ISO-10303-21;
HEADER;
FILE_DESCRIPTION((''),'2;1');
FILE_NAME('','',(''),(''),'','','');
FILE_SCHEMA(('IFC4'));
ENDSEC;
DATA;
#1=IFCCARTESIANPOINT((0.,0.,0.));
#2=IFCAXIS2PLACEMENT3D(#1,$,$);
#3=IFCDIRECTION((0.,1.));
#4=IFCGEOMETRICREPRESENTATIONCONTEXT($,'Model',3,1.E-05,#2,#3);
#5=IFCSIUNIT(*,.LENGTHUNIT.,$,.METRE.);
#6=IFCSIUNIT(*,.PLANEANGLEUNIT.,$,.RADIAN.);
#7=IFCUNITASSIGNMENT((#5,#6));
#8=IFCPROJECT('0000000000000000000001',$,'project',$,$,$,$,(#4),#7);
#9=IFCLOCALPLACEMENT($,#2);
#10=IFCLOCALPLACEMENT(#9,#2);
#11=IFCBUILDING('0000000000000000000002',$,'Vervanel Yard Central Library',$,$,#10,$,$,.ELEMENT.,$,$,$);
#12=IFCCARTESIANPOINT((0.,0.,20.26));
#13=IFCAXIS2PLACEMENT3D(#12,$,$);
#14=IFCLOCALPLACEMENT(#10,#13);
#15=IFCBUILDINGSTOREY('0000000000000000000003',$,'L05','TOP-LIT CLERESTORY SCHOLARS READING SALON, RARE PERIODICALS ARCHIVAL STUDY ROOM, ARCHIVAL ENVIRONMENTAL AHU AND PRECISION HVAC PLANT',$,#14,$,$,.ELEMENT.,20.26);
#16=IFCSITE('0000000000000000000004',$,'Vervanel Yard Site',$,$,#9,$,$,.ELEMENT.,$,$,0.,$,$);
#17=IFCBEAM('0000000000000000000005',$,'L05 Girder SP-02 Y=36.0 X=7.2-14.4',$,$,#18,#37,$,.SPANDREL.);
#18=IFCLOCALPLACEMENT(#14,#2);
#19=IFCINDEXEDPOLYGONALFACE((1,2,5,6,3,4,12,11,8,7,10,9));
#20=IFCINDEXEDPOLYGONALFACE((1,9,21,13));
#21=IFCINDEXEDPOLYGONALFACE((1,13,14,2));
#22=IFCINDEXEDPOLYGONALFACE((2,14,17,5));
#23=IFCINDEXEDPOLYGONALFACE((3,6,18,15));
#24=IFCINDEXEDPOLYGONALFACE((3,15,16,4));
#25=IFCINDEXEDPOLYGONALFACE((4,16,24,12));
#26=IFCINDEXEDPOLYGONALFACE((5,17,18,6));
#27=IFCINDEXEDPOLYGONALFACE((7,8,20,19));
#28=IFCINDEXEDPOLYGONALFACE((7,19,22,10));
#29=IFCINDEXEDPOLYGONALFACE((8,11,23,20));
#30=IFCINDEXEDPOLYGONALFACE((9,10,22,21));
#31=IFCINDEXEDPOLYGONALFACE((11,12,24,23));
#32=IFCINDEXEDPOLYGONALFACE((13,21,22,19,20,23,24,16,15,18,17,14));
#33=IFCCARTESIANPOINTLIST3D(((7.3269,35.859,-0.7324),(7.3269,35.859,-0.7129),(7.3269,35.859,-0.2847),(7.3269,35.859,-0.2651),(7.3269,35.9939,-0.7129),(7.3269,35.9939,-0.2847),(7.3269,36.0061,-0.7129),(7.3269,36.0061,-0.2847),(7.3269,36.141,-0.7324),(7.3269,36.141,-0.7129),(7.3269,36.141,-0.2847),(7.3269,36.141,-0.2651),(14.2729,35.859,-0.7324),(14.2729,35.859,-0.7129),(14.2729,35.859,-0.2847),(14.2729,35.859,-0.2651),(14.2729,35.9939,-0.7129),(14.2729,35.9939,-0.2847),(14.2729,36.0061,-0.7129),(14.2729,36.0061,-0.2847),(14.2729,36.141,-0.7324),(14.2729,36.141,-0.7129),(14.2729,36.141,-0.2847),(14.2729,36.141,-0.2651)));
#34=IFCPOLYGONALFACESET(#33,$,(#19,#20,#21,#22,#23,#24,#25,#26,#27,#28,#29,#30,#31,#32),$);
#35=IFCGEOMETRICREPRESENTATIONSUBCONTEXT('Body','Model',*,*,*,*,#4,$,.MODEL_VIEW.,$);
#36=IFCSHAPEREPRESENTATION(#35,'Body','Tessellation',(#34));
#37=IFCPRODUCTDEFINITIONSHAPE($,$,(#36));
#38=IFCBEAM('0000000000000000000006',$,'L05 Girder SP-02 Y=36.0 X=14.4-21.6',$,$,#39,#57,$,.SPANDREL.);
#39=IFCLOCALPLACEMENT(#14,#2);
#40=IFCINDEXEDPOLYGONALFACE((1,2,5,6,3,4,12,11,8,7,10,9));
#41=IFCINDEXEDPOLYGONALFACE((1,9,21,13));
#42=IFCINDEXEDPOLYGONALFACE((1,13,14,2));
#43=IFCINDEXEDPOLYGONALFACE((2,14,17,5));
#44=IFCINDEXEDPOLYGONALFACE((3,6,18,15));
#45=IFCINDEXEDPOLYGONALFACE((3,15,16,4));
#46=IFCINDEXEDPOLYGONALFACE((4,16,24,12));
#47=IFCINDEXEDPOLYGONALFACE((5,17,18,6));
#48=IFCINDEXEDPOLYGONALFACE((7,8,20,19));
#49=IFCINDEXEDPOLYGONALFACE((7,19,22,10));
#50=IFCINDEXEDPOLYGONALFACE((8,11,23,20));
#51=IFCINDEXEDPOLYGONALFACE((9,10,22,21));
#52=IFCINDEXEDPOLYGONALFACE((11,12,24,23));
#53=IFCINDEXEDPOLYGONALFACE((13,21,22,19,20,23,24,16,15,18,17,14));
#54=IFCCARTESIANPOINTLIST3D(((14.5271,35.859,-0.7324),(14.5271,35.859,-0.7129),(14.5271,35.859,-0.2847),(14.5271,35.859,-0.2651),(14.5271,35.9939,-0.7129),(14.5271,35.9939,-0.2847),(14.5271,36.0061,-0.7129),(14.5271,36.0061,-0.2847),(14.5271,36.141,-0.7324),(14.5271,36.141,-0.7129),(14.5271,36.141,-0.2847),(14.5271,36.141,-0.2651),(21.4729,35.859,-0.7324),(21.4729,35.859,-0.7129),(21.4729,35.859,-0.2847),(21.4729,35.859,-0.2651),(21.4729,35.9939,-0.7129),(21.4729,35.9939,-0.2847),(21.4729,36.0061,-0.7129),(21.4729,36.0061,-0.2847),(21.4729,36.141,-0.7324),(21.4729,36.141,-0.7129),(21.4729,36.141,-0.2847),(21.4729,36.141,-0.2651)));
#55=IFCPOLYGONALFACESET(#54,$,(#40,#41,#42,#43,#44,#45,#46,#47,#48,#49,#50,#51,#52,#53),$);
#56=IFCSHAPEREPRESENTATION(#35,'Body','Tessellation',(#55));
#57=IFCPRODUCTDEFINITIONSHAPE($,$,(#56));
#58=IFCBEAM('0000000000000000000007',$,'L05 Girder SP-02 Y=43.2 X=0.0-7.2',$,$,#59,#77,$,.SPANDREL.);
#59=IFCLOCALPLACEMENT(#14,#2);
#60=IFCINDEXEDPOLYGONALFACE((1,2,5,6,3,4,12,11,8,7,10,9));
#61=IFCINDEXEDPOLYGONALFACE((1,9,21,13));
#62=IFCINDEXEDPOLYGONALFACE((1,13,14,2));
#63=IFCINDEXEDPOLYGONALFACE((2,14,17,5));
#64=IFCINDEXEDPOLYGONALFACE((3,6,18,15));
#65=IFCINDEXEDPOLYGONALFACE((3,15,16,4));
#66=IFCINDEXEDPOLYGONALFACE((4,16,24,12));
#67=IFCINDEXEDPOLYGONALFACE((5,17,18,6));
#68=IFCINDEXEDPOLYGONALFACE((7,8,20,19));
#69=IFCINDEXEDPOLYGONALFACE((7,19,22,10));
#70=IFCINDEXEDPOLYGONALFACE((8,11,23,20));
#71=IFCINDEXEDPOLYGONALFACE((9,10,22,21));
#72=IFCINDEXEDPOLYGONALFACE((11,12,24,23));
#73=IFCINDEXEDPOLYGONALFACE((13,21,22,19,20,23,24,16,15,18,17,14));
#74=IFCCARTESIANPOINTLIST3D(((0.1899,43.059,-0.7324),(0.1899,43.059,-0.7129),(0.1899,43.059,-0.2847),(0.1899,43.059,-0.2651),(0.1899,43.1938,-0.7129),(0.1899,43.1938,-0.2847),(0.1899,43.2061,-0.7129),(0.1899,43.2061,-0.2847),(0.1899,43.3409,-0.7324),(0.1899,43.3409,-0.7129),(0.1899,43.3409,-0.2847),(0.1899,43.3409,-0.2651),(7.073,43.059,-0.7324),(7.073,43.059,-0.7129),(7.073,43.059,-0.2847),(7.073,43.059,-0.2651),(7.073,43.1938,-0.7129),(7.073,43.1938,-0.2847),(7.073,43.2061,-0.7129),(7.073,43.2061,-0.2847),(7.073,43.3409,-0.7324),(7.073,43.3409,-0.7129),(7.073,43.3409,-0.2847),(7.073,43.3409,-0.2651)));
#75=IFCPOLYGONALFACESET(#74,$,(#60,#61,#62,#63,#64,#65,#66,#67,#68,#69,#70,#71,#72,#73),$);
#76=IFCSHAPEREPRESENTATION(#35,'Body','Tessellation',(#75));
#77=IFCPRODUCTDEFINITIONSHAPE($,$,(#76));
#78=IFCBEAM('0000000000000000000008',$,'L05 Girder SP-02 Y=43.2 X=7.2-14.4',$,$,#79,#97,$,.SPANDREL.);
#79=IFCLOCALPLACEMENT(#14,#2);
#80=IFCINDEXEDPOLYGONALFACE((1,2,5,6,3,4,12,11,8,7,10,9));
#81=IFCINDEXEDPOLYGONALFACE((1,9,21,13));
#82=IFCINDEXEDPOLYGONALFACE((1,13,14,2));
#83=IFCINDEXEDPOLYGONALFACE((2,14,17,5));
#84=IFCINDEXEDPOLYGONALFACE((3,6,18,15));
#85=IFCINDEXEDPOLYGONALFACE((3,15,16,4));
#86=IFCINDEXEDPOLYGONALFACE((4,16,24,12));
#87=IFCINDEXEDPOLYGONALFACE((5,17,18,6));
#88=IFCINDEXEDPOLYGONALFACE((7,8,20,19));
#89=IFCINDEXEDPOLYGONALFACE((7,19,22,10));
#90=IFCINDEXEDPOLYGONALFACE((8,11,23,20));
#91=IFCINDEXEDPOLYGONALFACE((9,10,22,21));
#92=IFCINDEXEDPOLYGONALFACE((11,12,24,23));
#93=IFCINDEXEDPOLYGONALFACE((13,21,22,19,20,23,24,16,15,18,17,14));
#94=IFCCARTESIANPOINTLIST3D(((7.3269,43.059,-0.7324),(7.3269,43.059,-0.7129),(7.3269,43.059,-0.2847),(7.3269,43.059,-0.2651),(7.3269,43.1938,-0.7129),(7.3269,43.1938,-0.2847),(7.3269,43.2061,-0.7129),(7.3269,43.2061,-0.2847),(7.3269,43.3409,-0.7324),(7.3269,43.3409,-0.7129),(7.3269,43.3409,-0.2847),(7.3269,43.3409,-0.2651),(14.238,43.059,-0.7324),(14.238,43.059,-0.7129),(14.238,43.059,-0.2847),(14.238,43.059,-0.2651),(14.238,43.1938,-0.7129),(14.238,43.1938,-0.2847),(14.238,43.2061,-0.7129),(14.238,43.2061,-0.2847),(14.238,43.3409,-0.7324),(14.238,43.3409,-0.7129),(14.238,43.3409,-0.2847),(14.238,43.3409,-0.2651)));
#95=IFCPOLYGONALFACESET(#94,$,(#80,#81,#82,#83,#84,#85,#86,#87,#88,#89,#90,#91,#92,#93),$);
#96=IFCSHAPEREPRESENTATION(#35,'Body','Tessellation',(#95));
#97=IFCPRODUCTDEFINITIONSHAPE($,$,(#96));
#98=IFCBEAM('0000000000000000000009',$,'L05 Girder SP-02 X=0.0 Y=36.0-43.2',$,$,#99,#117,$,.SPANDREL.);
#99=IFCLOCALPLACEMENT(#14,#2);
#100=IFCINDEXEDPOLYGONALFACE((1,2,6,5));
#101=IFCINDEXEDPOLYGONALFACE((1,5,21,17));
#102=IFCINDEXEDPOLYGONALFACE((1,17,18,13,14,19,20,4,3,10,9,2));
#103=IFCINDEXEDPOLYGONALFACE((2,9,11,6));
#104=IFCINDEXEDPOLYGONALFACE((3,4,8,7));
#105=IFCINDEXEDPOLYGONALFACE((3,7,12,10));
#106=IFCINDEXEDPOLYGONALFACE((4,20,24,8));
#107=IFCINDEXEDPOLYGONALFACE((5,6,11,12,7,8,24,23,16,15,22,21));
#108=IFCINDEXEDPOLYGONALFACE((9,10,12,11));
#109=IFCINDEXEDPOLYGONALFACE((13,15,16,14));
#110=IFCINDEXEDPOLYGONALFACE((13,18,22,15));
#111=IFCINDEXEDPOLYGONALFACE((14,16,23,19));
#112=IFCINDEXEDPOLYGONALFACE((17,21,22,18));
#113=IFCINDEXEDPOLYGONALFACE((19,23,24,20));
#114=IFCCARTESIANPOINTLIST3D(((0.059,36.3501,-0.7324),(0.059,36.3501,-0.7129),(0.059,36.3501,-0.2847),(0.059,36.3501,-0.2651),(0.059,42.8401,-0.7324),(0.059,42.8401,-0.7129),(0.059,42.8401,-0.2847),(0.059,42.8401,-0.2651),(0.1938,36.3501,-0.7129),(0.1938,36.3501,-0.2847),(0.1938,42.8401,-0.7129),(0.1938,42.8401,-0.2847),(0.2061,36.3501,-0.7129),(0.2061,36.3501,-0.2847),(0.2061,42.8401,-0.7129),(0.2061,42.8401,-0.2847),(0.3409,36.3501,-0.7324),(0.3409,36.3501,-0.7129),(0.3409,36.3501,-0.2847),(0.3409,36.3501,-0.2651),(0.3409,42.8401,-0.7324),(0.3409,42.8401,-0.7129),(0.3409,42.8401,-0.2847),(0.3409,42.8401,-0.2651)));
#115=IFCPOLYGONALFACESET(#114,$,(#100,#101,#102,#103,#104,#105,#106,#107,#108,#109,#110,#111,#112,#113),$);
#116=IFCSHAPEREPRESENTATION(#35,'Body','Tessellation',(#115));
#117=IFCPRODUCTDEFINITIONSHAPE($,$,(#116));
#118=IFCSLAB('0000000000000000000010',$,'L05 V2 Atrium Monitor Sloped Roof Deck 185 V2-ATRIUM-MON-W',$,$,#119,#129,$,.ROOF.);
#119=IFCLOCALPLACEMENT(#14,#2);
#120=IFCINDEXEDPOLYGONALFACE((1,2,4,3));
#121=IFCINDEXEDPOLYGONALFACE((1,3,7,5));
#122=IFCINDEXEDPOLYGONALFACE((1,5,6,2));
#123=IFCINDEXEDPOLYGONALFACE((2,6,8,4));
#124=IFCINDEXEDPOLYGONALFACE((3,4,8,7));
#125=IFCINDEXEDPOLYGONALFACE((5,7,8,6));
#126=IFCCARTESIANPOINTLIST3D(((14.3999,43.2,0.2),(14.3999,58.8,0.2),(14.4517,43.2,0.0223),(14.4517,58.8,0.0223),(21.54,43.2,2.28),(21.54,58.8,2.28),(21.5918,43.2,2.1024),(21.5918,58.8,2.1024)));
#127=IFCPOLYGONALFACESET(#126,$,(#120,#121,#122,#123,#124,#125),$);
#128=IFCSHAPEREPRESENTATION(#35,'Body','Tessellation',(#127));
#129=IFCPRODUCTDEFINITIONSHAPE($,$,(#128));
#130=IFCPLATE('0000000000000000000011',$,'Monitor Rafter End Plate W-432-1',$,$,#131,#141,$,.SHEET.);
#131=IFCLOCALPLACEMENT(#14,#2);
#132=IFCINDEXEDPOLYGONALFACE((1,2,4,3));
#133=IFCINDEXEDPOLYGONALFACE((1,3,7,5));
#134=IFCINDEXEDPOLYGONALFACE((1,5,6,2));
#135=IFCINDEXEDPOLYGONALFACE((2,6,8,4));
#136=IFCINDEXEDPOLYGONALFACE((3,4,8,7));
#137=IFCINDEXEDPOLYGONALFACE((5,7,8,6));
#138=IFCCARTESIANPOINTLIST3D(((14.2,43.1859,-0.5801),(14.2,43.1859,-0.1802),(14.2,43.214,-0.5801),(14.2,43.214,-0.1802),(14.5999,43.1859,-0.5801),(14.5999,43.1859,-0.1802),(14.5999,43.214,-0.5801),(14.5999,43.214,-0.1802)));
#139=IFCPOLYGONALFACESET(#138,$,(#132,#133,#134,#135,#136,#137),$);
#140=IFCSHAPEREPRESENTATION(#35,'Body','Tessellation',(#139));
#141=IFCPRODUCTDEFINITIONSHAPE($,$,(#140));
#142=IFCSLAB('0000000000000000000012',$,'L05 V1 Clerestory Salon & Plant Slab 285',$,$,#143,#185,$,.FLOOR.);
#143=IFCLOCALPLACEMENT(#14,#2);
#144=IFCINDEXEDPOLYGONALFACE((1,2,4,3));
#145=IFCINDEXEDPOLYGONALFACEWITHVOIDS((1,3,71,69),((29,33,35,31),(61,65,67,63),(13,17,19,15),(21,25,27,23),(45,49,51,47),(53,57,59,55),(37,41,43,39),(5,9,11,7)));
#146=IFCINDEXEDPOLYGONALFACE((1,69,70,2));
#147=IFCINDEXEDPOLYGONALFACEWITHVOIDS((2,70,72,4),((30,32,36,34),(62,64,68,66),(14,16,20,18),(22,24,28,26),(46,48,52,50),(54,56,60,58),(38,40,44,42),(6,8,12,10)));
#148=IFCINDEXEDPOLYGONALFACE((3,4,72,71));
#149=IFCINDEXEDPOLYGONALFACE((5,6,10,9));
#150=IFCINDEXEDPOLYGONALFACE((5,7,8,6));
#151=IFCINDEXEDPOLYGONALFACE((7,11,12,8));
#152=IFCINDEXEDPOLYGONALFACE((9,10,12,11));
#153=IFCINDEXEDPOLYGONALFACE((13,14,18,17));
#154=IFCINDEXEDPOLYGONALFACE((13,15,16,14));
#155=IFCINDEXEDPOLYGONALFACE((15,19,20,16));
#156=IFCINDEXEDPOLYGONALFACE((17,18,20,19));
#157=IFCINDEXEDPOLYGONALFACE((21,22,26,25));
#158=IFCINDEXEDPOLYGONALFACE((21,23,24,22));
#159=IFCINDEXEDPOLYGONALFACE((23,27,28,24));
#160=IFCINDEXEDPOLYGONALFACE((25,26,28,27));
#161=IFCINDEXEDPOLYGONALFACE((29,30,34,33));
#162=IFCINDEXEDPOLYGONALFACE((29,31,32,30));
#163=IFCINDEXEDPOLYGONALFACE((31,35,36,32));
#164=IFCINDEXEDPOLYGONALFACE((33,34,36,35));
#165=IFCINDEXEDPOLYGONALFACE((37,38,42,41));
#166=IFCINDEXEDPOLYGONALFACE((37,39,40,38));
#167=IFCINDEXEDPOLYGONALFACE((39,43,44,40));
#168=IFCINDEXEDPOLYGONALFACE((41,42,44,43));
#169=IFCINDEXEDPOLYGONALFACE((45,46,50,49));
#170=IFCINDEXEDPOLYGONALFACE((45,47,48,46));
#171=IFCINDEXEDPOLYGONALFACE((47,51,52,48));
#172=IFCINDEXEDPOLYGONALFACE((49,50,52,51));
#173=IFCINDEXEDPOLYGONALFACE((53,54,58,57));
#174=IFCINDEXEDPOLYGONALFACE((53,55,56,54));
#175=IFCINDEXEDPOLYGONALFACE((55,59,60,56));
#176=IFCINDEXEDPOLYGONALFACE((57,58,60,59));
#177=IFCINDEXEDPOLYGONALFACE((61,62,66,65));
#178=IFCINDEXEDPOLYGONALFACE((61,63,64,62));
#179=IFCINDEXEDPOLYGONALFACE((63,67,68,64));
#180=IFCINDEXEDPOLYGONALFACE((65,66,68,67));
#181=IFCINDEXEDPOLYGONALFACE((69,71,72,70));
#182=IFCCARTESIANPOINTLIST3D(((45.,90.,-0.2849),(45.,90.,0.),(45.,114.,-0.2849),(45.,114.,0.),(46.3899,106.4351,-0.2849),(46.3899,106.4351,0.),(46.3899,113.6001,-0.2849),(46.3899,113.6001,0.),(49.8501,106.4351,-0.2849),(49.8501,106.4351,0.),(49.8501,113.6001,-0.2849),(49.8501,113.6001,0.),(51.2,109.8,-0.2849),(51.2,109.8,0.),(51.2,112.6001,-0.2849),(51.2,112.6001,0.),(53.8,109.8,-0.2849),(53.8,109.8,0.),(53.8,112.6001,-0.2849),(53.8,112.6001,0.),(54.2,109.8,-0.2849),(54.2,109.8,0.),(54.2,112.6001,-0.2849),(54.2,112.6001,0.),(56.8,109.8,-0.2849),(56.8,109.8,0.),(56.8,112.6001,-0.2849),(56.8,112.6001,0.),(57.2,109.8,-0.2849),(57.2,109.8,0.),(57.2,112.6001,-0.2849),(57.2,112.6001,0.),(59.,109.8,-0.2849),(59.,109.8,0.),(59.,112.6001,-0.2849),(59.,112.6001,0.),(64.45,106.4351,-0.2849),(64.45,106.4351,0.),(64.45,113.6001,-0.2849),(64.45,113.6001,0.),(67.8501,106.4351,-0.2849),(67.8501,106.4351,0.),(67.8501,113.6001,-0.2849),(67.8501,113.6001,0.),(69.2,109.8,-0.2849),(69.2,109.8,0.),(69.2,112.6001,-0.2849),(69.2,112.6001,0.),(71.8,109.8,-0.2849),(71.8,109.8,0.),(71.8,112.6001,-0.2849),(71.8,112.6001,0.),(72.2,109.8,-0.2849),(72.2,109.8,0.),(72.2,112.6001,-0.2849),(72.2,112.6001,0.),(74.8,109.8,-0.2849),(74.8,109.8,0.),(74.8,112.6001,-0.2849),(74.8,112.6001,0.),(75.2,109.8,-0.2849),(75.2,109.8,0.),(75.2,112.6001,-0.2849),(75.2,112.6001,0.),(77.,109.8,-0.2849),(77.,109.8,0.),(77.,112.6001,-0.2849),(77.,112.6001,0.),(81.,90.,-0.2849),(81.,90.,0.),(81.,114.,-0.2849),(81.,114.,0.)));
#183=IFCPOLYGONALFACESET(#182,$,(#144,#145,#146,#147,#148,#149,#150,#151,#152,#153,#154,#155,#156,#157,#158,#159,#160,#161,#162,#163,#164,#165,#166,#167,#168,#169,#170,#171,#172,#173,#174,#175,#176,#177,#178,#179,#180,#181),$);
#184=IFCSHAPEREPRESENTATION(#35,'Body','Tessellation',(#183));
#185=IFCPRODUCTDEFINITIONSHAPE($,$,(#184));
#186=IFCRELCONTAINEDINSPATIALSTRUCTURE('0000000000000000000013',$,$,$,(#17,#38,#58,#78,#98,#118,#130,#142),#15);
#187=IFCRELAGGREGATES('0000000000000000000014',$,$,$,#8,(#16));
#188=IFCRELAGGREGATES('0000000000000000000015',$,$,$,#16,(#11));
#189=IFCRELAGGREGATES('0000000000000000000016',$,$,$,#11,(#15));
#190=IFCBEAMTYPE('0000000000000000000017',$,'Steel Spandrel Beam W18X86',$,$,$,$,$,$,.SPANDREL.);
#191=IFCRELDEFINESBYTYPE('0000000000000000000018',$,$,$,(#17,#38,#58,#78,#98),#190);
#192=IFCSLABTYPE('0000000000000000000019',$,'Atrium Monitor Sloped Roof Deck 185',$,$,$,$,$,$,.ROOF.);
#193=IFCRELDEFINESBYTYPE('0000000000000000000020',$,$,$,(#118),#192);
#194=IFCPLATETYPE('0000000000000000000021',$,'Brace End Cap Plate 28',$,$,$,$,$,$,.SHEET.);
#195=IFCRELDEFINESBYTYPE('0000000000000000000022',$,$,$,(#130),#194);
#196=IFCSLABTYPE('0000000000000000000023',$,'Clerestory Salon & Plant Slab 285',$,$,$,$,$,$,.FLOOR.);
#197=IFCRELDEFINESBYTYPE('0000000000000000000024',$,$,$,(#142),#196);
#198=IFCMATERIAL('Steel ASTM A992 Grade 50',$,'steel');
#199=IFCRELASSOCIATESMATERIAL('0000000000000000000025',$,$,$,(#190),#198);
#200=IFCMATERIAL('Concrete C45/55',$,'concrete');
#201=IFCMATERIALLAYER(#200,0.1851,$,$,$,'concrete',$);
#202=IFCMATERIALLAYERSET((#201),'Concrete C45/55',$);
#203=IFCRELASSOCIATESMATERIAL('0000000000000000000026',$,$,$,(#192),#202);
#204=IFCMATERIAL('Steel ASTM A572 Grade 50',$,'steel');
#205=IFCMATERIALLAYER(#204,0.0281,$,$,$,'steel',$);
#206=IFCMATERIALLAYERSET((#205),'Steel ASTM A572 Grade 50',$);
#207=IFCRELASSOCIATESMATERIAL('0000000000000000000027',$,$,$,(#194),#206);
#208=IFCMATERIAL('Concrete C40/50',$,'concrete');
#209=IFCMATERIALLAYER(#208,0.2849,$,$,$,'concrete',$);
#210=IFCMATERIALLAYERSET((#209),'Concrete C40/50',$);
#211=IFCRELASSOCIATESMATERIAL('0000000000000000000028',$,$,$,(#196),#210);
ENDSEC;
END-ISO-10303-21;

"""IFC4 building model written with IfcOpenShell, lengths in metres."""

from ifc_helpers import new_model, si_unit, direction, frame, origin, origin_2d, place, context, subcontext, project, spatial, polyline, rectangle, i_section, outline, extrude, material, layer, layer_set, material_profile, profile_set, type_object, element, save


model = new_model("IFC4")

# Units and contexts
model_context = context("Model", 3, precision=1e-05, world=origin(), true_north=direction((0.0, 1.0)))
body_context = subcontext(model_context, "Body", "Model", "MODEL_VIEW")
ifc_project = project(units=[si_unit("LENGTHUNIT", "METRE"), si_unit("PLANEANGLEUNIT", "RADIAN")], contexts=[model_context])

# Site, building, storey
site_placement = place(None, origin())
site = spatial("IfcSite", under=ifc_project, at=site_placement, Name="Vervanel Yard Site", CompositionType="ELEMENT", RefElevation=0.0)
building_placement = place(site_placement, origin())
building = spatial("IfcBuilding", under=site, at=building_placement, Name="Vervanel Yard Central Library", CompositionType="ELEMENT")
storey_placement = place(building_placement, frame((0.0, 0.0, 20.26)))
storey = spatial("IfcBuildingStorey", under=building, at=storey_placement, Name="L05", Description="TOP-LIT CLERESTORY SCHOLARS READING SALON, RARE PERIODICALS ARCHIVAL STUDY ROOM, ARCHIVAL ENVIRONMENTAL AHU AND PRECISION HVAC PLANT", CompositionType="ELEMENT", Elevation=20.26)

# Beams
ifc_material_1 = material(Name="Steel ASTM A992 Grade 50", Category="steel")
ifc_material_profile_1 = material_profile(ifc_material_1, i_section(OverallWidth=0.282, OverallDepth=0.4673, WebThickness=0.0122, FlangeThickness=0.0195, at=origin_2d()), Name="W18X86", Category="steel")
ifc_profile_set_1 = profile_set([ifc_material_profile_1], Name="Steel ASTM A992 Grade 50")
beam_type_1 = type_object("IfcBeamType", Name="Steel Spandrel Beam W18X86", PredefinedType="SPANDREL", material=ifc_profile_set_1)
beam_1_placement = place(storey_placement, frame((7.3269, 36.0, -0.4988), z_axis=(1.0, 0.0, 0.0), x_axis=(0.0, 1.0, 0.0)))
element("IfcBeam", 1, at=beam_1_placement, inside=storey, type_object=beam_type_1, Name="L05 Girder SP-02 Y=36.0 X=7.2-14.4", PredefinedType="SPANDREL", context=body_context, shape_type="SweptSolid", body=[
    extrude(i_section(OverallWidth=0.282, OverallDepth=0.4673, WebThickness=0.0122, FlangeThickness=0.0195, at=origin_2d()), origin(), (0.0, 0.0, 1.0), 6.946),
])
beam_2_placement = place(storey_placement, frame((14.5271, 36.0, -0.4988), z_axis=(1.0, 0.0, 0.0), x_axis=(0.0, 1.0, 0.0)))
element("IfcBeam", 2, at=beam_2_placement, inside=storey, type_object=beam_type_1, Name="L05 Girder SP-02 Y=36.0 X=14.4-21.6", PredefinedType="SPANDREL", context=body_context, shape_type="SweptSolid", body=[
    extrude(i_section(OverallWidth=0.282, OverallDepth=0.4673, WebThickness=0.0122, FlangeThickness=0.0195, at=origin_2d()), origin(), (0.0, 0.0, 1.0), 6.9458),
])
beam_3_placement = place(storey_placement, frame((0.1899, 43.2, -0.4988), z_axis=(1.0, 0.0, 0.0), x_axis=(0.0, 1.0, 0.0)))
element("IfcBeam", 3, at=beam_3_placement, inside=storey, type_object=beam_type_1, Name="L05 Girder SP-02 Y=43.2 X=0.0-7.2", PredefinedType="SPANDREL", context=body_context, shape_type="SweptSolid", body=[
    extrude(i_section(OverallWidth=0.282, OverallDepth=0.4673, WebThickness=0.0122, FlangeThickness=0.0195, at=origin_2d()), origin(), (0.0, 0.0, 1.0), 6.8831),
])
beam_4_placement = place(storey_placement, frame((7.3269, 43.2, -0.4988), z_axis=(1.0, 0.0, 0.0), x_axis=(0.0, 1.0, 0.0)))
element("IfcBeam", 4, at=beam_4_placement, inside=storey, type_object=beam_type_1, Name="L05 Girder SP-02 Y=43.2 X=7.2-14.4", PredefinedType="SPANDREL", context=body_context, shape_type="SweptSolid", body=[
    extrude(i_section(OverallWidth=0.282, OverallDepth=0.4673, WebThickness=0.0122, FlangeThickness=0.0195, at=origin_2d()), origin(), (0.0, 0.0, 1.0), 6.9111),
])
beam_5_placement = place(storey_placement, frame((0.2, 36.3501, -0.4988), z_axis=(0.0, 1.0, 0.0), x_axis=(-1.0, 0.0, 0.0)))
element("IfcBeam", 5, at=beam_5_placement, inside=storey, type_object=beam_type_1, Name="L05 Girder SP-02 X=0.0 Y=36.0-43.2", PredefinedType="SPANDREL", context=body_context, shape_type="SweptSolid", body=[
    extrude(i_section(OverallWidth=0.282, OverallDepth=0.4673, WebThickness=0.0122, FlangeThickness=0.0195, at=origin_2d()), origin(), (0.0, 0.0, 1.0), 6.49),
])

# Slab
ifc_material_2 = material(Name="Concrete C45/55", Category="concrete")
ifc_layer_1 = layer(ifc_material_2, 0.1851, Category="concrete")
ifc_layer_set_1 = layer_set([ifc_layer_1], Name="Concrete C45/55")
slab_type_1 = type_object("IfcSlabType", Name="Atrium Monitor Sloped Roof Deck 185", PredefinedType="ROOF", material=ifc_layer_set_1)
slab_1_placement = place(storey_placement, frame((14.3999, 43.2, 0.2), z_axis=(-0.279695, 0.0, 0.960089), x_axis=(0.960089, 0.0, 0.279695)))
element("IfcSlab", 6, at=slab_1_placement, inside=storey, type_object=slab_type_1, Name="L05 V2 Atrium Monitor Sloped Roof Deck 185 V2-ATRIUM-MON-W", PredefinedType="ROOF", context=body_context, shape_type="SweptSolid", body=[
    extrude(outline(polyline([(0.0, 0.0), (7.437, 0.0), (7.437, 15.6001), (0.0, 15.6001), (0.0, 0.0)])), origin(), (0.0, 0.0, -1.0), 0.1851),
])

# Plate
ifc_material_3 = material(Name="Steel ASTM A572 Grade 50", Category="steel")
ifc_layer_2 = layer(ifc_material_3, 0.0281, Category="steel")
ifc_layer_set_2 = layer_set([ifc_layer_2], Name="Steel ASTM A572 Grade 50")
plate_type = type_object("IfcPlateType", Name="Brace End Cap Plate 28", PredefinedType="SHEET", material=ifc_layer_set_2)
plate_placement = place(storey_placement, frame((14.3999, 43.2, -0.5801), z_axis=(0.0, 0.0, 1.0), x_axis=(1.0, 0.0, 0.0)))
element("IfcPlate", 7, at=plate_placement, inside=storey, type_object=plate_type, Name="Monitor Rafter End Plate W-432-1", PredefinedType="SHEET", context=body_context, shape_type="SweptSolid", body=[
    extrude(rectangle(XDim=0.3999, YDim=0.0281, at=origin_2d()), origin(), (0.0, 0.0, 1.0), 0.3999),
])

# Slab
ifc_material_4 = material(Name="Concrete C40/50", Category="concrete")
ifc_layer_3 = layer(ifc_material_4, 0.2849, Category="concrete")
ifc_layer_set_3 = layer_set([ifc_layer_3], Name="Concrete C40/50")
slab_type_2 = type_object("IfcSlabType", Name="Clerestory Salon & Plant Slab 285", PredefinedType="FLOOR", material=ifc_layer_set_3)
slab_2_placement = place(storey_placement, frame((0.0, 0.0, -0.2849)))
element("IfcSlab", 8, at=slab_2_placement, inside=storey, type_object=slab_type_2, Name="L05 V1 Clerestory Salon & Plant Slab 285", PredefinedType="FLOOR", context=body_context, shape_type="SweptSolid", body=[
    extrude(outline(polyline([(45.0, 90.0), (81.0, 90.0), (81.0, 114.0), (45.0, 114.0), (45.0, 90.0)]), holes=[polyline([(46.3899, 106.4351), (49.8501, 106.4351), (49.8501, 113.6001), (46.3899, 113.6001), (46.3899, 106.4351)]), polyline([(51.2, 109.8), (53.8, 109.8), (53.8, 112.6001), (51.2, 112.6001), (51.2, 109.8)]), polyline([(54.2, 109.8), (56.8, 109.8), (56.8, 112.6001), (54.2, 112.6001), (54.2, 109.8)]), polyline([(57.2, 109.8), (59.0, 109.8), (59.0, 112.6001), (57.2, 112.6001), (57.2, 109.8)]), polyline([(64.45, 106.4351), (67.8501, 106.4351), (67.8501, 113.6001), (64.45, 113.6001), (64.45, 106.4351)]), polyline([(69.2, 109.8), (71.8, 109.8), (71.8, 112.6001), (69.2, 112.6001), (69.2, 109.8)]), polyline([(72.2, 109.8), (74.8, 109.8), (74.8, 112.6001), (72.2, 112.6001), (72.2, 109.8)]), polyline([(75.2, 109.8), (77.0, 109.8), (77.0, 112.6001), (75.2, 112.6001), (75.2, 109.8)])]), origin(), (0.0, 0.0, 1.0), 0.2849),
])

save(model, "model.ifc")
